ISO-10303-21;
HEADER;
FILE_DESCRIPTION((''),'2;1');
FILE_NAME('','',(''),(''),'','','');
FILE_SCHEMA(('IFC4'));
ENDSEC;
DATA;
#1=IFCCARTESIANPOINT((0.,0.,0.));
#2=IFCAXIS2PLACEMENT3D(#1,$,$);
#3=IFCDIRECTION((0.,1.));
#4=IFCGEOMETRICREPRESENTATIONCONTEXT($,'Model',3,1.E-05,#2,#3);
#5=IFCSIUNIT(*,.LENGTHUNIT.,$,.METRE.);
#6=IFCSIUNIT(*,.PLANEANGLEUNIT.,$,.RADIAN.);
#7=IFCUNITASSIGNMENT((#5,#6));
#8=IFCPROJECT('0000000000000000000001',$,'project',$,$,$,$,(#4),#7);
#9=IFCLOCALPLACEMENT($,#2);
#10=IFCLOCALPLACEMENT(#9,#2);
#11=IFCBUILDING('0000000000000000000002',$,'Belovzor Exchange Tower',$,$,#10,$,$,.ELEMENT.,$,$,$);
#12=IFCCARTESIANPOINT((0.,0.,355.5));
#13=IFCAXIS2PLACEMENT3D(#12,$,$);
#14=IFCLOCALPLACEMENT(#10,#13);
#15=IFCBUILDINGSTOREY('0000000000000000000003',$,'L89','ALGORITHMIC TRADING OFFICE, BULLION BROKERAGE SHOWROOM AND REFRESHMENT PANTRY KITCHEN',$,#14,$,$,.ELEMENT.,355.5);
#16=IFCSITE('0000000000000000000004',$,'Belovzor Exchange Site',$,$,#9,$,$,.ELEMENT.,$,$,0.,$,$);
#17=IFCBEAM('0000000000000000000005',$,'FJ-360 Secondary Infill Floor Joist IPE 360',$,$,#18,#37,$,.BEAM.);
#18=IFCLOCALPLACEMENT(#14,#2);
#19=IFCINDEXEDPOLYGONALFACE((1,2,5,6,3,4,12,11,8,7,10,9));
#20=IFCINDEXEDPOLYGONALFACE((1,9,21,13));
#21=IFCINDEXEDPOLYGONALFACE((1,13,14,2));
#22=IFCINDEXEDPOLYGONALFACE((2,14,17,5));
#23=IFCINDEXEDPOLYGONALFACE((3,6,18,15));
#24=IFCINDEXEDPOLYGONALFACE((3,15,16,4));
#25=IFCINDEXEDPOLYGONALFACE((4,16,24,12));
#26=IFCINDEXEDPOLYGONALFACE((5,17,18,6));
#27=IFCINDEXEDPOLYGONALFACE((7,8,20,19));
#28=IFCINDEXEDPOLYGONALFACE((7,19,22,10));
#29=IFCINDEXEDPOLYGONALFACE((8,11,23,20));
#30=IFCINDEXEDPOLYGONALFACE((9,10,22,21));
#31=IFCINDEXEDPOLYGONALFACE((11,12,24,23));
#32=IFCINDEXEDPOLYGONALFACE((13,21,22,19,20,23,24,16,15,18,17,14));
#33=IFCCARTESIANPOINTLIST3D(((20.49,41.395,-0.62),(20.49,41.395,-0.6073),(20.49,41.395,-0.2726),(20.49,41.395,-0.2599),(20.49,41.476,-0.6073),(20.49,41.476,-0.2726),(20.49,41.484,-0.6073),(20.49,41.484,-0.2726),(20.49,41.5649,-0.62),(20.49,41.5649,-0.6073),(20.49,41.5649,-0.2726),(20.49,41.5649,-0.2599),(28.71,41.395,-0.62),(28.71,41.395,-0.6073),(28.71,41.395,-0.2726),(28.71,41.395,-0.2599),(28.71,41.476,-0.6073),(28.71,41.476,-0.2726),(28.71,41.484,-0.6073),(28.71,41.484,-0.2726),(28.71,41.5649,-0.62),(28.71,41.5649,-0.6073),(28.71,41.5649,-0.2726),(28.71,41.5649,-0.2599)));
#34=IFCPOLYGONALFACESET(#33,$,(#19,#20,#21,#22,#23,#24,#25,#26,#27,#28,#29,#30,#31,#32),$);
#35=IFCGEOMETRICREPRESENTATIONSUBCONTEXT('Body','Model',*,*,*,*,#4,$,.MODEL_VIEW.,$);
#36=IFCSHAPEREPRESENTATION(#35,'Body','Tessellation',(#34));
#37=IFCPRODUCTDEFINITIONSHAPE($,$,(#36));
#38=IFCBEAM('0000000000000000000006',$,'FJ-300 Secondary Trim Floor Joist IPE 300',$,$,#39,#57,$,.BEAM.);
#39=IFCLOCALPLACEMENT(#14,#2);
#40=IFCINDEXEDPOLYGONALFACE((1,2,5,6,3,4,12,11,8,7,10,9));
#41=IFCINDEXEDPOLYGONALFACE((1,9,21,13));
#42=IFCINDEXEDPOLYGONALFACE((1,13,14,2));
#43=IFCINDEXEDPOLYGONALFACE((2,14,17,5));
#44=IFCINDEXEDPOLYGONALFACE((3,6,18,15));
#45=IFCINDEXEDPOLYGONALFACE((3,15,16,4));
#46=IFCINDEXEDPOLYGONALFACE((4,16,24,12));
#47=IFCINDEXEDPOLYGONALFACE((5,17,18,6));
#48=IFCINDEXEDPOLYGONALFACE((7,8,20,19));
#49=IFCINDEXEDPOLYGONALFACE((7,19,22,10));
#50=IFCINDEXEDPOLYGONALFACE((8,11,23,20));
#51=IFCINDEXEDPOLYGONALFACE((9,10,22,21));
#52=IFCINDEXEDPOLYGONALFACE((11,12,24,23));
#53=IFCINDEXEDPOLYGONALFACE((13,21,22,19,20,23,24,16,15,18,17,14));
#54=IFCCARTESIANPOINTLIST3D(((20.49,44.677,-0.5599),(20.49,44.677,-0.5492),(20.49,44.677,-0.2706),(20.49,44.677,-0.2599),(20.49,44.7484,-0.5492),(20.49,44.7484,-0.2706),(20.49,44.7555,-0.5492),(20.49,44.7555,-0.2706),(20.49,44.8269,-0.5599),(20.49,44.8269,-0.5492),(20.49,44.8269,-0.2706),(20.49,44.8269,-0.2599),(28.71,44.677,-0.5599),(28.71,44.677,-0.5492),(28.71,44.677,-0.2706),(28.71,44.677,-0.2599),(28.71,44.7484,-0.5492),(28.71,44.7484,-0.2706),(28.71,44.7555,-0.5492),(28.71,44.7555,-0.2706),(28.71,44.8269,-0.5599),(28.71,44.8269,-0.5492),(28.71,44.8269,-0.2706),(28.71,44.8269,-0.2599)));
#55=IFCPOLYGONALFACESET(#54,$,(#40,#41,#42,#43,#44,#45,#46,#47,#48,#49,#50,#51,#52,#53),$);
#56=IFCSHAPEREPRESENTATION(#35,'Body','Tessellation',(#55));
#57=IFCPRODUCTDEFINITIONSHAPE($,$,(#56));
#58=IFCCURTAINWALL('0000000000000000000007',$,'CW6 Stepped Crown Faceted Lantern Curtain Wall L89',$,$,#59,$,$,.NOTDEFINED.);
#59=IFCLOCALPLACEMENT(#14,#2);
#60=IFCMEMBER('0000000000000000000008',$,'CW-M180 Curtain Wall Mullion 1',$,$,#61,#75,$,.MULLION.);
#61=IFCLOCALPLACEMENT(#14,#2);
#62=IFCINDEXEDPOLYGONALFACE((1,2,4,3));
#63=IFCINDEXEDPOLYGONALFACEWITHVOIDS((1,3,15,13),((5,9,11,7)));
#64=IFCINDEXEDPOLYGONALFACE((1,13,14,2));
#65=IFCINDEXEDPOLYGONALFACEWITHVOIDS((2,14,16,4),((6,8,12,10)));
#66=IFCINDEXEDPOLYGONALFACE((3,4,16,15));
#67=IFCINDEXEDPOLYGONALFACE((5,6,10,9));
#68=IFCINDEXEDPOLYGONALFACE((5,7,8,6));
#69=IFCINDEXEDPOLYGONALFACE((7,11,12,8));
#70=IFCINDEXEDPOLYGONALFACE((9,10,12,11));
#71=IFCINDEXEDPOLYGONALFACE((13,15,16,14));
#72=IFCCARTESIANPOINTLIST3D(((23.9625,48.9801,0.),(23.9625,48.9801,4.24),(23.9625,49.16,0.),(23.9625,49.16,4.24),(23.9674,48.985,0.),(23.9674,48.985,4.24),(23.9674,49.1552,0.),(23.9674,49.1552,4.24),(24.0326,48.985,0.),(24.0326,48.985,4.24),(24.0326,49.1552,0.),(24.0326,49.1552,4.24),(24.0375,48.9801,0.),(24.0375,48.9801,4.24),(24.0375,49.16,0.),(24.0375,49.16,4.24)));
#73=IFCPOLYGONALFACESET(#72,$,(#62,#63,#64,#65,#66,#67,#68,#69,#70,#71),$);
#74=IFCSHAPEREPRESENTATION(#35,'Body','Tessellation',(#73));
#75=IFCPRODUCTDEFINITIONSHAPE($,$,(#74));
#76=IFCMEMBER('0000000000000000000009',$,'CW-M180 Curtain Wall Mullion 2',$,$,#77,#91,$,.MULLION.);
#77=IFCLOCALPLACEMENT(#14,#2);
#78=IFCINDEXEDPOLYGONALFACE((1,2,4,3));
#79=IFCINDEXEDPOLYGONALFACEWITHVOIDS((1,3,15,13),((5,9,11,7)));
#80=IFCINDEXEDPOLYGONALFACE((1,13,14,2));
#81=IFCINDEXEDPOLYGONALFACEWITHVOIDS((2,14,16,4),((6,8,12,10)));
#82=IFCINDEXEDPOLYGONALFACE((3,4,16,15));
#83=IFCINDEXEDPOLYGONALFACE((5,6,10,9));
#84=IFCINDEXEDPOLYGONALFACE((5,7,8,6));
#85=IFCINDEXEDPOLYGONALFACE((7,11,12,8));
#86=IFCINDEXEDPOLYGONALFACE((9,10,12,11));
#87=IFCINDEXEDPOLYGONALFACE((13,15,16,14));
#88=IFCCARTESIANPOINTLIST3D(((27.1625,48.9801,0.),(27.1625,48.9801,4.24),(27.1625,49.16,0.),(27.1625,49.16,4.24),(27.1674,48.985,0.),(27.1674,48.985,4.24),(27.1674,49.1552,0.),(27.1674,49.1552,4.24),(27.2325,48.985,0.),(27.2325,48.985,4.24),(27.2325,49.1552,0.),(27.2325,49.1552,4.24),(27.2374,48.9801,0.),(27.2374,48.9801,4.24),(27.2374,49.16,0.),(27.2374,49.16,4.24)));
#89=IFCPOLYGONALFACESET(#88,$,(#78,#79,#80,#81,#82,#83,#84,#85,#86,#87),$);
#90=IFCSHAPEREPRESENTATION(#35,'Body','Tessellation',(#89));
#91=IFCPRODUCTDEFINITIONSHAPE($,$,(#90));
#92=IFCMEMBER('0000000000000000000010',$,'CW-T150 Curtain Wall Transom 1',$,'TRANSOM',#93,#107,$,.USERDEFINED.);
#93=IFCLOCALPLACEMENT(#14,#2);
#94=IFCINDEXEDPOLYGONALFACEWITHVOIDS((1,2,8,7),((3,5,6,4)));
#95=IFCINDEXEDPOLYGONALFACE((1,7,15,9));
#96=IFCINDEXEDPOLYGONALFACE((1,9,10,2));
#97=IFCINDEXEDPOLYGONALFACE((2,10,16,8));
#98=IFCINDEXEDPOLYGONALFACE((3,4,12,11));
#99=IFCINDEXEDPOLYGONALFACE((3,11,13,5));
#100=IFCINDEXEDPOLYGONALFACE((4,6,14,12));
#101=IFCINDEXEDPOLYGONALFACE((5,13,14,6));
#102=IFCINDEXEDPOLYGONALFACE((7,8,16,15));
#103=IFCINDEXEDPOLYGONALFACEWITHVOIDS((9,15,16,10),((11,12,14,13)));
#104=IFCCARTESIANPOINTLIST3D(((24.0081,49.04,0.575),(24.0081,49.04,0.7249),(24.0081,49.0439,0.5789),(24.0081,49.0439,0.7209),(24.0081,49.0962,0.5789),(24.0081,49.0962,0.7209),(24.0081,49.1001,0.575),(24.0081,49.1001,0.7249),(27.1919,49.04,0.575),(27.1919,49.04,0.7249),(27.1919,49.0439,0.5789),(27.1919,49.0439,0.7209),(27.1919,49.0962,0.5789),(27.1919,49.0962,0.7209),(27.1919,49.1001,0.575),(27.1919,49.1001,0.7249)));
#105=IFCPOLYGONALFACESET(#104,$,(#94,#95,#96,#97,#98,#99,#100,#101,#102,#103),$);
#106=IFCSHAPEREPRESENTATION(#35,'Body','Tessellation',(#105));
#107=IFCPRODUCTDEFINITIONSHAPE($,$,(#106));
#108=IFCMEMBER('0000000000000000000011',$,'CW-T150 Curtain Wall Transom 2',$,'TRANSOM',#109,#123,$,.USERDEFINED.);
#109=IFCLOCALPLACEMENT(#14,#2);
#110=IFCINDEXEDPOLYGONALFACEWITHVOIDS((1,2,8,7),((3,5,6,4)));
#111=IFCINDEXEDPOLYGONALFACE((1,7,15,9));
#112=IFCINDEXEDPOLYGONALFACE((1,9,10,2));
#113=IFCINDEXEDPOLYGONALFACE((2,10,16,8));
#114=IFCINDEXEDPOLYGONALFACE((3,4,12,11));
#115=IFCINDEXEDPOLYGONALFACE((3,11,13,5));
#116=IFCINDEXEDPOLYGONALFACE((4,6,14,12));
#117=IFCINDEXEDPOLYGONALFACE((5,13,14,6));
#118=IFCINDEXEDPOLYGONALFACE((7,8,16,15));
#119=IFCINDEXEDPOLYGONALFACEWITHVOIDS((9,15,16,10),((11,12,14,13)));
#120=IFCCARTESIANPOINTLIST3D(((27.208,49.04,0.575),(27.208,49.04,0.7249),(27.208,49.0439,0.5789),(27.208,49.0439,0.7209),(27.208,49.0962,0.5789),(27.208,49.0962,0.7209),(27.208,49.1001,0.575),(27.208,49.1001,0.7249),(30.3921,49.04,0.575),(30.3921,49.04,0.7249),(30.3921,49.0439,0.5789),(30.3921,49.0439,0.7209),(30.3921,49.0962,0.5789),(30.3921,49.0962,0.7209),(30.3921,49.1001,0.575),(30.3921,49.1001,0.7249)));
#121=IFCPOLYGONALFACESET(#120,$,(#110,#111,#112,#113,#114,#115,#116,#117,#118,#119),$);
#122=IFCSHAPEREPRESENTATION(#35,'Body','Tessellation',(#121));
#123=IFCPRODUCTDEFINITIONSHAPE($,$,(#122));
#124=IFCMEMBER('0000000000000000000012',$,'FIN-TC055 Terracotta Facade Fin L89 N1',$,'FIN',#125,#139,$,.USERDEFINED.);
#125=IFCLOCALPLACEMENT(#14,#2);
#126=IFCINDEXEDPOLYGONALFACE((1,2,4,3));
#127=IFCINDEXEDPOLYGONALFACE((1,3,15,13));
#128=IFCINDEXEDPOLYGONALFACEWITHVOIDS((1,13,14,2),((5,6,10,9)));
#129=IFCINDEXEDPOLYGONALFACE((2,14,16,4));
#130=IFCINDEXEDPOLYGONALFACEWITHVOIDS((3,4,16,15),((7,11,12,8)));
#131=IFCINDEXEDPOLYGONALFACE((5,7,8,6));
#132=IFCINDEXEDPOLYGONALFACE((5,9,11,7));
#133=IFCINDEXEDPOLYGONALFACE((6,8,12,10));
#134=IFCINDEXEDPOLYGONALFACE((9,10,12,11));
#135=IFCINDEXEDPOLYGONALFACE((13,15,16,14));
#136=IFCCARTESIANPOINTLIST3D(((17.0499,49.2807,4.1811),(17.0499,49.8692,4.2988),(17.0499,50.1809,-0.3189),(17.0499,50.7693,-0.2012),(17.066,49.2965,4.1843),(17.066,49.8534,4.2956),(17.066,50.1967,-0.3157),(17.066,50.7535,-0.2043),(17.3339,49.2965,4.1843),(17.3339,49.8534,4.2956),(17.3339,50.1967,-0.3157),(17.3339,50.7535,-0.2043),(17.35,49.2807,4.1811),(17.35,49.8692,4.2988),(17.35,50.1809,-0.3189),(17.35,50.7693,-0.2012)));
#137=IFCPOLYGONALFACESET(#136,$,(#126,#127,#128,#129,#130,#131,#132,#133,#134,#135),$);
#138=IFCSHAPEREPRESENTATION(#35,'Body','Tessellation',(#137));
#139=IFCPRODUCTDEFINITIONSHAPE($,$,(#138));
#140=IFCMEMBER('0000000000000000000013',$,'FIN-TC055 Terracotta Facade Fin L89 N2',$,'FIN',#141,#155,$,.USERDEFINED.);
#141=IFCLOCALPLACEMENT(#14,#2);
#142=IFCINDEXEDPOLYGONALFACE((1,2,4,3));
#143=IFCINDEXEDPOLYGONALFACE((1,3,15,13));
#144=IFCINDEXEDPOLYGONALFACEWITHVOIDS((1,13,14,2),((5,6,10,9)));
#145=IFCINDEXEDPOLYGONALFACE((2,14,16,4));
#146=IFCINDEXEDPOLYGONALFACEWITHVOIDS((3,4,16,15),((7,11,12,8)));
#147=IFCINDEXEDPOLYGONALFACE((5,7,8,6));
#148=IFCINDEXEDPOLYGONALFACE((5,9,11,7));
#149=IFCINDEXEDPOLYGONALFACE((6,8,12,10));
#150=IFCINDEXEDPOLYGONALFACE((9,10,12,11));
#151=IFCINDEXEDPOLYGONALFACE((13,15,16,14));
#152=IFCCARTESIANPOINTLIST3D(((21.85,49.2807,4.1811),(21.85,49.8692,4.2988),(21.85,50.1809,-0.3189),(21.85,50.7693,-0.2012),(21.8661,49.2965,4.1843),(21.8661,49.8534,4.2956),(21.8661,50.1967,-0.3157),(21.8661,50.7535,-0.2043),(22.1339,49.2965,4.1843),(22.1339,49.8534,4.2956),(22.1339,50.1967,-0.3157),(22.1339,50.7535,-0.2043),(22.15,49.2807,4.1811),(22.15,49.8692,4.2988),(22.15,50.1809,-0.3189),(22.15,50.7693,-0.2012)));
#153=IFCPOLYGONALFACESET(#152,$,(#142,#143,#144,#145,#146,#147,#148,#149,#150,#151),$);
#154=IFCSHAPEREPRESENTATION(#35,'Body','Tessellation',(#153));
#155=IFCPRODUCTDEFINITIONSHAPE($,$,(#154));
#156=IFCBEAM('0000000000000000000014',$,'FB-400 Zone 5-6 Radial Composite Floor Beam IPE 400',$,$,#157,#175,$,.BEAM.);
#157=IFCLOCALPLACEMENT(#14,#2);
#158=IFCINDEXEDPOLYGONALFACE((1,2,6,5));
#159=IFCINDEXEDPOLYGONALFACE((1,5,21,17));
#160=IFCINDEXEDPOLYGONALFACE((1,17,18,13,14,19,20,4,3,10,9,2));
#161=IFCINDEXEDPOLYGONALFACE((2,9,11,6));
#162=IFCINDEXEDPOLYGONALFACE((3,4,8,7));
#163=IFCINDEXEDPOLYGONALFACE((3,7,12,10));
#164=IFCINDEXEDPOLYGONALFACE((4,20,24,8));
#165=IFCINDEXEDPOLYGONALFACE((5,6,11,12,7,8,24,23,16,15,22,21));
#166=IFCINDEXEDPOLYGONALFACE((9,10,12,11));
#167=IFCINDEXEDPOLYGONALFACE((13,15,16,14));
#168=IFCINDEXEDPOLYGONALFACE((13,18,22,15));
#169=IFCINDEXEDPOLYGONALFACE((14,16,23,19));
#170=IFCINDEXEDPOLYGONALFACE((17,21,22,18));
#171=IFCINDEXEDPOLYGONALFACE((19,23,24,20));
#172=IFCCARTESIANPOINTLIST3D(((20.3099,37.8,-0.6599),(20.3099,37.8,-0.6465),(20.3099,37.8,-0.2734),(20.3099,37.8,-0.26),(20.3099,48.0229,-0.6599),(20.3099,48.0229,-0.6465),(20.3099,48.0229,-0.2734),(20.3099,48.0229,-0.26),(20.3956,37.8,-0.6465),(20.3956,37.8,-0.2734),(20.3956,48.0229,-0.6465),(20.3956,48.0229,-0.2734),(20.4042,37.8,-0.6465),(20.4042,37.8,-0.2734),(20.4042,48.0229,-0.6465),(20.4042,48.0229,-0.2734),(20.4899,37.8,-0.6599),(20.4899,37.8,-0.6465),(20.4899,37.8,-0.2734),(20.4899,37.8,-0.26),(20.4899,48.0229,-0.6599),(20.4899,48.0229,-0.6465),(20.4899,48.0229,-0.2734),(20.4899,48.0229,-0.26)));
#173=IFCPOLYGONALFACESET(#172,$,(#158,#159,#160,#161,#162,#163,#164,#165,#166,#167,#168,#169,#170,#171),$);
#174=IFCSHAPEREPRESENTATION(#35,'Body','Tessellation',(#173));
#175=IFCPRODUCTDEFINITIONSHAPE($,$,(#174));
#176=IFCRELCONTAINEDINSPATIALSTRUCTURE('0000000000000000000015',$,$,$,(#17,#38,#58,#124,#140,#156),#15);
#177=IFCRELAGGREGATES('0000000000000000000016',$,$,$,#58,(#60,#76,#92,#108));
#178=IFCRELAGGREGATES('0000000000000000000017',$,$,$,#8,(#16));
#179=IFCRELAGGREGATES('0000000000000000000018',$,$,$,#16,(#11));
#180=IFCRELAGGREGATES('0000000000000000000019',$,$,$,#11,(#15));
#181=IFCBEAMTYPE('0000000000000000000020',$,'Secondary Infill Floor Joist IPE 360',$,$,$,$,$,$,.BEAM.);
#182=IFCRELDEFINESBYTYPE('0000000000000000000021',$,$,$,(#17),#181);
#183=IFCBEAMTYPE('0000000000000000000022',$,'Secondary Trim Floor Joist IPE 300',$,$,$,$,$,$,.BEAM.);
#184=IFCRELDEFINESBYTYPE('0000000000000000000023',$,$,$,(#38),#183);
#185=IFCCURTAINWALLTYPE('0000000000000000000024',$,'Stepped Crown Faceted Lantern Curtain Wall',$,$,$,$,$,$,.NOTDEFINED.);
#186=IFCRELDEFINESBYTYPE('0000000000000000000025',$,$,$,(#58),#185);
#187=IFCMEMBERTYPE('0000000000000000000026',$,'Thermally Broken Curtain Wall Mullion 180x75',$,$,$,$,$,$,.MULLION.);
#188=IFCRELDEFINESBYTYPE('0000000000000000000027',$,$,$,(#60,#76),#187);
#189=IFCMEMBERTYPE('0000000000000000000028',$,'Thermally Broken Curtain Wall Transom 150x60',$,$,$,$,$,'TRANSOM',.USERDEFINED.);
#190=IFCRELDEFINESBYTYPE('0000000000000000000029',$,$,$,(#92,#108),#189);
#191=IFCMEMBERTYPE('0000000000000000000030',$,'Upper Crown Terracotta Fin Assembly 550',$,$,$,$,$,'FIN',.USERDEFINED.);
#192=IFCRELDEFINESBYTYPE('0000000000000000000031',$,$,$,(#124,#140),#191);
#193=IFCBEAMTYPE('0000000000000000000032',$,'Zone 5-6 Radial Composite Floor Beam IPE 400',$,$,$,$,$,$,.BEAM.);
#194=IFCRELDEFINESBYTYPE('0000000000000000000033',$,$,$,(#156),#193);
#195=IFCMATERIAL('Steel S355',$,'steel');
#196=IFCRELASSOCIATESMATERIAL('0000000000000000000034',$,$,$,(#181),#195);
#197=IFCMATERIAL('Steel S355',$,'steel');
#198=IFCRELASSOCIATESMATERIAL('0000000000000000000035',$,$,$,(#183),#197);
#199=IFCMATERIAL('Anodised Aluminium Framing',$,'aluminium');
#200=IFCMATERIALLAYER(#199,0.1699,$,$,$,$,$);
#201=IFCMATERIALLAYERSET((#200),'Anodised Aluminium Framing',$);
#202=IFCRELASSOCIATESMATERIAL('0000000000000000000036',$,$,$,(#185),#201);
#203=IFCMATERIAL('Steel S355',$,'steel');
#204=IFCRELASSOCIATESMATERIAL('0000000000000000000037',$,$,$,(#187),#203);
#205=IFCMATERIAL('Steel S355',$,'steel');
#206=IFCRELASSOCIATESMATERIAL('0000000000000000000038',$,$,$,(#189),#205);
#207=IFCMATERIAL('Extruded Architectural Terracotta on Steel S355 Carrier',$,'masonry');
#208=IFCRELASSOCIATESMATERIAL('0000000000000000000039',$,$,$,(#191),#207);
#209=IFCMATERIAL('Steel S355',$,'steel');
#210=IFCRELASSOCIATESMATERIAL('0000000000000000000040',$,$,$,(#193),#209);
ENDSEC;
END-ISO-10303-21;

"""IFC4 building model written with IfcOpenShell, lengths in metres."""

from ifc_helpers import new_model, si_unit, direction, frame, origin, origin_2d, place, context, subcontext, project, spatial, hollow_rectangle, i_section, extrude, material, layer, layer_set, material_profile, profile_set, type_object, element, aggregate, save


model = new_model("IFC4")

# Units and contexts
model_context = context("Model", 3, precision=1e-05, world=origin(), true_north=direction((0.0, 1.0)))
body_context = subcontext(model_context, "Body", "Model", "MODEL_VIEW")
ifc_project = project(units=[si_unit("LENGTHUNIT", "METRE"), si_unit("PLANEANGLEUNIT", "RADIAN")], contexts=[model_context])

# Site, building, storey
site_placement = place(None, origin())
site = spatial("IfcSite", under=ifc_project, at=site_placement, Name="Belovzor Exchange Site", CompositionType="ELEMENT", RefElevation=0.0)
building_placement = place(site_placement, origin())
building = spatial("IfcBuilding", under=site, at=building_placement, Name="Belovzor Exchange Tower", CompositionType="ELEMENT")
storey_placement = place(building_placement, frame((0.0, 0.0, 355.5)))
storey = spatial("IfcBuildingStorey", under=building, at=storey_placement, Name="L89", Description="ALGORITHMIC TRADING OFFICE, BULLION BROKERAGE SHOWROOM AND REFRESHMENT PANTRY KITCHEN", CompositionType="ELEMENT", Elevation=355.5)

# Beams
ifc_material_1 = material(Name="Steel S355", Category="steel")
ifc_material_profile_1 = material_profile(ifc_material_1, i_section(OverallWidth=0.1699, OverallDepth=0.3601, WebThickness=0.0081, FlangeThickness=0.0127, at=origin_2d()))
ifc_profile_set_1 = profile_set([ifc_material_profile_1], Name="Steel S355")
beam_type_1 = type_object("IfcBeamType", Name="Secondary Infill Floor Joist IPE 360", PredefinedType="BEAM", material=ifc_profile_set_1)
beam_1_placement = place(storey_placement, frame((20.49, 41.48, -0.4399), z_axis=(1.0, 0.0, 0.0), x_axis=(0.0, 1.0, 0.0)))
element("IfcBeam", 1, at=beam_1_placement, inside=storey, type_object=beam_type_1, Name="FJ-360 Secondary Infill Floor Joist IPE 360", PredefinedType="BEAM", context=body_context, shape_type="SweptSolid", body=[
    extrude(i_section(OverallWidth=0.1699, OverallDepth=0.3601, WebThickness=0.0081, FlangeThickness=0.0127, at=origin_2d()), origin(), (0.0, 0.0, 1.0), 8.22),
])
ifc_material_2 = material(Name="Steel S355", Category="steel")
ifc_material_profile_2 = material_profile(ifc_material_2, i_section(OverallWidth=0.1499, OverallDepth=0.3, WebThickness=0.0071, FlangeThickness=0.0107, at=origin_2d()))
ifc_profile_set_2 = profile_set([ifc_material_profile_2], Name="Steel S355")
beam_type_2 = type_object("IfcBeamType", Name="Secondary Trim Floor Joist IPE 300", PredefinedType="BEAM", material=ifc_profile_set_2)
beam_2_placement = place(storey_placement, frame((20.49, 44.752, -0.4099), z_axis=(1.0, 0.0, 0.0), x_axis=(0.0, 1.0, 0.0)))
element("IfcBeam", 2, at=beam_2_placement, inside=storey, type_object=beam_type_2, Name="FJ-300 Secondary Trim Floor Joist IPE 300", PredefinedType="BEAM", context=body_context, shape_type="SweptSolid", body=[
    extrude(i_section(OverallWidth=0.1499, OverallDepth=0.3, WebThickness=0.0071, FlangeThickness=0.0107, at=origin_2d()), origin(), (0.0, 0.0, 1.0), 8.22),
])

# Curtain wall, members
ifc_material_3 = material(Name="Anodised Aluminium Framing", Category="aluminium")
ifc_layer_1 = layer(ifc_material_3, 0.1699)
ifc_layer_set_1 = layer_set([ifc_layer_1], Name="Anodised Aluminium Framing")
curtain_wall_type = type_object("IfcCurtainWallType", Name="Stepped Crown Faceted Lantern Curtain Wall", PredefinedType="NOTDEFINED", material=ifc_layer_set_1)
curtain_wall_placement = place(storey_placement, origin())
curtain_wall = element("IfcCurtainWall", 3, at=curtain_wall_placement, inside=storey, type_object=curtain_wall_type, Name="CW6 Stepped Crown Faceted Lantern Curtain Wall L89", PredefinedType="NOTDEFINED")
ifc_material_4 = material(Name="Steel S355", Category="steel")
ifc_material_profile_3 = material_profile(ifc_material_4, hollow_rectangle(XDim=0.075, YDim=0.1799, WallThickness=0.0049, at=origin_2d()))
ifc_profile_set_3 = profile_set([ifc_material_profile_3], Name="Steel S355")
member_type_1 = type_object("IfcMemberType", Name="Thermally Broken Curtain Wall Mullion 180x75", PredefinedType="MULLION", material=ifc_profile_set_3)
member_1_placement = place(storey_placement, frame((24.0, 49.0701, 0.0), z_axis=(0.0, 0.0, 1.0), x_axis=(1.0, 0.0, 0.0)))
member_1 = element("IfcMember", 4, at=member_1_placement, type_object=member_type_1, Name="CW-M180 Curtain Wall Mullion 1", PredefinedType="MULLION", context=body_context, shape_type="SweptSolid", body=[
    extrude(hollow_rectangle(XDim=0.075, YDim=0.1799, WallThickness=0.0049, at=origin_2d()), origin(), (0.0, 0.0, 1.0), 4.24),
])
member_2_placement = place(storey_placement, frame((27.2, 49.0701, 0.0), z_axis=(0.0, 0.0, 1.0), x_axis=(1.0, 0.0, 0.0)))
member_2 = element("IfcMember", 5, at=member_2_placement, type_object=member_type_1, Name="CW-M180 Curtain Wall Mullion 2", PredefinedType="MULLION", context=body_context, shape_type="SweptSolid", body=[
    extrude(hollow_rectangle(XDim=0.075, YDim=0.1799, WallThickness=0.0049, at=origin_2d()), origin(), (0.0, 0.0, 1.0), 4.24),
])
ifc_material_5 = material(Name="Steel S355", Category="steel")
ifc_material_profile_4 = material_profile(ifc_material_5, hollow_rectangle(XDim=0.0601, YDim=0.1499, WallThickness=0.0039, at=origin_2d()))
ifc_profile_set_4 = profile_set([ifc_material_profile_4], Name="Steel S355")
member_type_2 = type_object("IfcMemberType", Name="Thermally Broken Curtain Wall Transom 150x60", ElementType="TRANSOM", PredefinedType="USERDEFINED", material=ifc_profile_set_4)
member_3_placement = place(storey_placement, frame((24.0081, 49.0701, 0.6499), z_axis=(1.0, 0.0, 0.0), x_axis=(0.0, 1.0, 0.0)))
member_3 = element("IfcMember", 6, at=member_3_placement, type_object=member_type_2, Name="CW-T150 Curtain Wall Transom 1", ObjectType="TRANSOM", PredefinedType="USERDEFINED", context=body_context, shape_type="SweptSolid", body=[
    extrude(hollow_rectangle(XDim=0.0601, YDim=0.1499, WallThickness=0.0039, at=origin_2d()), origin(), (0.0, 0.0, 1.0), 3.1838),
])
member_4_placement = place(storey_placement, frame((27.208, 49.0701, 0.6499), z_axis=(1.0, 0.0, 0.0), x_axis=(0.0, 1.0, 0.0)))
member_4 = element("IfcMember", 7, at=member_4_placement, type_object=member_type_2, Name="CW-T150 Curtain Wall Transom 2", ObjectType="TRANSOM", PredefinedType="USERDEFINED", context=body_context, shape_type="SweptSolid", body=[
    extrude(hollow_rectangle(XDim=0.0601, YDim=0.1499, WallThickness=0.0039, at=origin_2d()), origin(), (0.0, 0.0, 1.0), 3.1841),
])

# Members
ifc_material_6 = material(Name="Extruded Architectural Terracotta on Steel S355 Carrier", Category="masonry")
ifc_material_profile_5 = material_profile(ifc_material_6, hollow_rectangle(XDim=0.3, YDim=0.6001, WallThickness=0.0161, at=origin_2d()))
ifc_profile_set_5 = profile_set([ifc_material_profile_5], Name="Extruded Architectural Terracotta on Steel S355 Carrier")
member_type_3 = type_object("IfcMemberType", Name="Upper Crown Terracotta Fin Assembly 550", ElementType="FIN", PredefinedType="USERDEFINED", material=ifc_profile_set_5)
for number, where, z_axis, x_axis, name in (
    (8, (17.2, 50.4751, -0.26), (0.0, -0.196147, 0.980575), (1.0, 0.0, 0.0), "FIN-TC055 Terracotta Facade Fin L89 N1"),
    (9, (22.0, 50.4751, -0.26), (0.0, -0.196147, 0.980575), (1.0, 0.0, 0.0), "FIN-TC055 Terracotta Facade Fin L89 N2"),
):
    element("IfcMember", number, at=place(storey_placement, frame(where, z_axis=z_axis, x_axis=x_axis)), inside=storey, type_object=member_type_3, Name=name, ObjectType="FIN", PredefinedType="USERDEFINED", context=body_context, shape_type="SweptSolid", body=[
        extrude(hollow_rectangle(XDim=0.3, YDim=0.6001, WallThickness=0.0161, at=origin_2d()), origin(), (0.0, 0.0, 1.0), 4.5891),
    ])

# Beam
ifc_material_7 = material(Name="Steel S355", Category="steel")
ifc_material_profile_6 = material_profile(ifc_material_7, i_section(OverallWidth=0.1799, OverallDepth=0.3999, WebThickness=0.0085, FlangeThickness=0.0134, at=origin_2d()))
ifc_profile_set_6 = profile_set([ifc_material_profile_6], Name="Steel S355")
beam_type_3 = type_object("IfcBeamType", Name="Zone 5-6 Radial Composite Floor Beam IPE 400", PredefinedType="BEAM", material=ifc_profile_set_6)
beam_3_placement = place(storey_placement, frame((20.3999, 37.8, -0.46), z_axis=(0.0, 1.0, 0.0), x_axis=(-1.0, 0.0, 0.0)))
element("IfcBeam", 10, at=beam_3_placement, inside=storey, type_object=beam_type_3, Name="FB-400 Zone 5-6 Radial Composite Floor Beam IPE 400", PredefinedType="BEAM", context=body_context, shape_type="SweptSolid", body=[
    extrude(i_section(OverallWidth=0.1799, OverallDepth=0.3999, WebThickness=0.0085, FlangeThickness=0.0134, at=origin_2d()), origin(), (0.0, 0.0, 1.0), 10.2229),
])

aggregate(curtain_wall, [member_1, member_2, member_3, member_4])

save(model, "model.ifc")
